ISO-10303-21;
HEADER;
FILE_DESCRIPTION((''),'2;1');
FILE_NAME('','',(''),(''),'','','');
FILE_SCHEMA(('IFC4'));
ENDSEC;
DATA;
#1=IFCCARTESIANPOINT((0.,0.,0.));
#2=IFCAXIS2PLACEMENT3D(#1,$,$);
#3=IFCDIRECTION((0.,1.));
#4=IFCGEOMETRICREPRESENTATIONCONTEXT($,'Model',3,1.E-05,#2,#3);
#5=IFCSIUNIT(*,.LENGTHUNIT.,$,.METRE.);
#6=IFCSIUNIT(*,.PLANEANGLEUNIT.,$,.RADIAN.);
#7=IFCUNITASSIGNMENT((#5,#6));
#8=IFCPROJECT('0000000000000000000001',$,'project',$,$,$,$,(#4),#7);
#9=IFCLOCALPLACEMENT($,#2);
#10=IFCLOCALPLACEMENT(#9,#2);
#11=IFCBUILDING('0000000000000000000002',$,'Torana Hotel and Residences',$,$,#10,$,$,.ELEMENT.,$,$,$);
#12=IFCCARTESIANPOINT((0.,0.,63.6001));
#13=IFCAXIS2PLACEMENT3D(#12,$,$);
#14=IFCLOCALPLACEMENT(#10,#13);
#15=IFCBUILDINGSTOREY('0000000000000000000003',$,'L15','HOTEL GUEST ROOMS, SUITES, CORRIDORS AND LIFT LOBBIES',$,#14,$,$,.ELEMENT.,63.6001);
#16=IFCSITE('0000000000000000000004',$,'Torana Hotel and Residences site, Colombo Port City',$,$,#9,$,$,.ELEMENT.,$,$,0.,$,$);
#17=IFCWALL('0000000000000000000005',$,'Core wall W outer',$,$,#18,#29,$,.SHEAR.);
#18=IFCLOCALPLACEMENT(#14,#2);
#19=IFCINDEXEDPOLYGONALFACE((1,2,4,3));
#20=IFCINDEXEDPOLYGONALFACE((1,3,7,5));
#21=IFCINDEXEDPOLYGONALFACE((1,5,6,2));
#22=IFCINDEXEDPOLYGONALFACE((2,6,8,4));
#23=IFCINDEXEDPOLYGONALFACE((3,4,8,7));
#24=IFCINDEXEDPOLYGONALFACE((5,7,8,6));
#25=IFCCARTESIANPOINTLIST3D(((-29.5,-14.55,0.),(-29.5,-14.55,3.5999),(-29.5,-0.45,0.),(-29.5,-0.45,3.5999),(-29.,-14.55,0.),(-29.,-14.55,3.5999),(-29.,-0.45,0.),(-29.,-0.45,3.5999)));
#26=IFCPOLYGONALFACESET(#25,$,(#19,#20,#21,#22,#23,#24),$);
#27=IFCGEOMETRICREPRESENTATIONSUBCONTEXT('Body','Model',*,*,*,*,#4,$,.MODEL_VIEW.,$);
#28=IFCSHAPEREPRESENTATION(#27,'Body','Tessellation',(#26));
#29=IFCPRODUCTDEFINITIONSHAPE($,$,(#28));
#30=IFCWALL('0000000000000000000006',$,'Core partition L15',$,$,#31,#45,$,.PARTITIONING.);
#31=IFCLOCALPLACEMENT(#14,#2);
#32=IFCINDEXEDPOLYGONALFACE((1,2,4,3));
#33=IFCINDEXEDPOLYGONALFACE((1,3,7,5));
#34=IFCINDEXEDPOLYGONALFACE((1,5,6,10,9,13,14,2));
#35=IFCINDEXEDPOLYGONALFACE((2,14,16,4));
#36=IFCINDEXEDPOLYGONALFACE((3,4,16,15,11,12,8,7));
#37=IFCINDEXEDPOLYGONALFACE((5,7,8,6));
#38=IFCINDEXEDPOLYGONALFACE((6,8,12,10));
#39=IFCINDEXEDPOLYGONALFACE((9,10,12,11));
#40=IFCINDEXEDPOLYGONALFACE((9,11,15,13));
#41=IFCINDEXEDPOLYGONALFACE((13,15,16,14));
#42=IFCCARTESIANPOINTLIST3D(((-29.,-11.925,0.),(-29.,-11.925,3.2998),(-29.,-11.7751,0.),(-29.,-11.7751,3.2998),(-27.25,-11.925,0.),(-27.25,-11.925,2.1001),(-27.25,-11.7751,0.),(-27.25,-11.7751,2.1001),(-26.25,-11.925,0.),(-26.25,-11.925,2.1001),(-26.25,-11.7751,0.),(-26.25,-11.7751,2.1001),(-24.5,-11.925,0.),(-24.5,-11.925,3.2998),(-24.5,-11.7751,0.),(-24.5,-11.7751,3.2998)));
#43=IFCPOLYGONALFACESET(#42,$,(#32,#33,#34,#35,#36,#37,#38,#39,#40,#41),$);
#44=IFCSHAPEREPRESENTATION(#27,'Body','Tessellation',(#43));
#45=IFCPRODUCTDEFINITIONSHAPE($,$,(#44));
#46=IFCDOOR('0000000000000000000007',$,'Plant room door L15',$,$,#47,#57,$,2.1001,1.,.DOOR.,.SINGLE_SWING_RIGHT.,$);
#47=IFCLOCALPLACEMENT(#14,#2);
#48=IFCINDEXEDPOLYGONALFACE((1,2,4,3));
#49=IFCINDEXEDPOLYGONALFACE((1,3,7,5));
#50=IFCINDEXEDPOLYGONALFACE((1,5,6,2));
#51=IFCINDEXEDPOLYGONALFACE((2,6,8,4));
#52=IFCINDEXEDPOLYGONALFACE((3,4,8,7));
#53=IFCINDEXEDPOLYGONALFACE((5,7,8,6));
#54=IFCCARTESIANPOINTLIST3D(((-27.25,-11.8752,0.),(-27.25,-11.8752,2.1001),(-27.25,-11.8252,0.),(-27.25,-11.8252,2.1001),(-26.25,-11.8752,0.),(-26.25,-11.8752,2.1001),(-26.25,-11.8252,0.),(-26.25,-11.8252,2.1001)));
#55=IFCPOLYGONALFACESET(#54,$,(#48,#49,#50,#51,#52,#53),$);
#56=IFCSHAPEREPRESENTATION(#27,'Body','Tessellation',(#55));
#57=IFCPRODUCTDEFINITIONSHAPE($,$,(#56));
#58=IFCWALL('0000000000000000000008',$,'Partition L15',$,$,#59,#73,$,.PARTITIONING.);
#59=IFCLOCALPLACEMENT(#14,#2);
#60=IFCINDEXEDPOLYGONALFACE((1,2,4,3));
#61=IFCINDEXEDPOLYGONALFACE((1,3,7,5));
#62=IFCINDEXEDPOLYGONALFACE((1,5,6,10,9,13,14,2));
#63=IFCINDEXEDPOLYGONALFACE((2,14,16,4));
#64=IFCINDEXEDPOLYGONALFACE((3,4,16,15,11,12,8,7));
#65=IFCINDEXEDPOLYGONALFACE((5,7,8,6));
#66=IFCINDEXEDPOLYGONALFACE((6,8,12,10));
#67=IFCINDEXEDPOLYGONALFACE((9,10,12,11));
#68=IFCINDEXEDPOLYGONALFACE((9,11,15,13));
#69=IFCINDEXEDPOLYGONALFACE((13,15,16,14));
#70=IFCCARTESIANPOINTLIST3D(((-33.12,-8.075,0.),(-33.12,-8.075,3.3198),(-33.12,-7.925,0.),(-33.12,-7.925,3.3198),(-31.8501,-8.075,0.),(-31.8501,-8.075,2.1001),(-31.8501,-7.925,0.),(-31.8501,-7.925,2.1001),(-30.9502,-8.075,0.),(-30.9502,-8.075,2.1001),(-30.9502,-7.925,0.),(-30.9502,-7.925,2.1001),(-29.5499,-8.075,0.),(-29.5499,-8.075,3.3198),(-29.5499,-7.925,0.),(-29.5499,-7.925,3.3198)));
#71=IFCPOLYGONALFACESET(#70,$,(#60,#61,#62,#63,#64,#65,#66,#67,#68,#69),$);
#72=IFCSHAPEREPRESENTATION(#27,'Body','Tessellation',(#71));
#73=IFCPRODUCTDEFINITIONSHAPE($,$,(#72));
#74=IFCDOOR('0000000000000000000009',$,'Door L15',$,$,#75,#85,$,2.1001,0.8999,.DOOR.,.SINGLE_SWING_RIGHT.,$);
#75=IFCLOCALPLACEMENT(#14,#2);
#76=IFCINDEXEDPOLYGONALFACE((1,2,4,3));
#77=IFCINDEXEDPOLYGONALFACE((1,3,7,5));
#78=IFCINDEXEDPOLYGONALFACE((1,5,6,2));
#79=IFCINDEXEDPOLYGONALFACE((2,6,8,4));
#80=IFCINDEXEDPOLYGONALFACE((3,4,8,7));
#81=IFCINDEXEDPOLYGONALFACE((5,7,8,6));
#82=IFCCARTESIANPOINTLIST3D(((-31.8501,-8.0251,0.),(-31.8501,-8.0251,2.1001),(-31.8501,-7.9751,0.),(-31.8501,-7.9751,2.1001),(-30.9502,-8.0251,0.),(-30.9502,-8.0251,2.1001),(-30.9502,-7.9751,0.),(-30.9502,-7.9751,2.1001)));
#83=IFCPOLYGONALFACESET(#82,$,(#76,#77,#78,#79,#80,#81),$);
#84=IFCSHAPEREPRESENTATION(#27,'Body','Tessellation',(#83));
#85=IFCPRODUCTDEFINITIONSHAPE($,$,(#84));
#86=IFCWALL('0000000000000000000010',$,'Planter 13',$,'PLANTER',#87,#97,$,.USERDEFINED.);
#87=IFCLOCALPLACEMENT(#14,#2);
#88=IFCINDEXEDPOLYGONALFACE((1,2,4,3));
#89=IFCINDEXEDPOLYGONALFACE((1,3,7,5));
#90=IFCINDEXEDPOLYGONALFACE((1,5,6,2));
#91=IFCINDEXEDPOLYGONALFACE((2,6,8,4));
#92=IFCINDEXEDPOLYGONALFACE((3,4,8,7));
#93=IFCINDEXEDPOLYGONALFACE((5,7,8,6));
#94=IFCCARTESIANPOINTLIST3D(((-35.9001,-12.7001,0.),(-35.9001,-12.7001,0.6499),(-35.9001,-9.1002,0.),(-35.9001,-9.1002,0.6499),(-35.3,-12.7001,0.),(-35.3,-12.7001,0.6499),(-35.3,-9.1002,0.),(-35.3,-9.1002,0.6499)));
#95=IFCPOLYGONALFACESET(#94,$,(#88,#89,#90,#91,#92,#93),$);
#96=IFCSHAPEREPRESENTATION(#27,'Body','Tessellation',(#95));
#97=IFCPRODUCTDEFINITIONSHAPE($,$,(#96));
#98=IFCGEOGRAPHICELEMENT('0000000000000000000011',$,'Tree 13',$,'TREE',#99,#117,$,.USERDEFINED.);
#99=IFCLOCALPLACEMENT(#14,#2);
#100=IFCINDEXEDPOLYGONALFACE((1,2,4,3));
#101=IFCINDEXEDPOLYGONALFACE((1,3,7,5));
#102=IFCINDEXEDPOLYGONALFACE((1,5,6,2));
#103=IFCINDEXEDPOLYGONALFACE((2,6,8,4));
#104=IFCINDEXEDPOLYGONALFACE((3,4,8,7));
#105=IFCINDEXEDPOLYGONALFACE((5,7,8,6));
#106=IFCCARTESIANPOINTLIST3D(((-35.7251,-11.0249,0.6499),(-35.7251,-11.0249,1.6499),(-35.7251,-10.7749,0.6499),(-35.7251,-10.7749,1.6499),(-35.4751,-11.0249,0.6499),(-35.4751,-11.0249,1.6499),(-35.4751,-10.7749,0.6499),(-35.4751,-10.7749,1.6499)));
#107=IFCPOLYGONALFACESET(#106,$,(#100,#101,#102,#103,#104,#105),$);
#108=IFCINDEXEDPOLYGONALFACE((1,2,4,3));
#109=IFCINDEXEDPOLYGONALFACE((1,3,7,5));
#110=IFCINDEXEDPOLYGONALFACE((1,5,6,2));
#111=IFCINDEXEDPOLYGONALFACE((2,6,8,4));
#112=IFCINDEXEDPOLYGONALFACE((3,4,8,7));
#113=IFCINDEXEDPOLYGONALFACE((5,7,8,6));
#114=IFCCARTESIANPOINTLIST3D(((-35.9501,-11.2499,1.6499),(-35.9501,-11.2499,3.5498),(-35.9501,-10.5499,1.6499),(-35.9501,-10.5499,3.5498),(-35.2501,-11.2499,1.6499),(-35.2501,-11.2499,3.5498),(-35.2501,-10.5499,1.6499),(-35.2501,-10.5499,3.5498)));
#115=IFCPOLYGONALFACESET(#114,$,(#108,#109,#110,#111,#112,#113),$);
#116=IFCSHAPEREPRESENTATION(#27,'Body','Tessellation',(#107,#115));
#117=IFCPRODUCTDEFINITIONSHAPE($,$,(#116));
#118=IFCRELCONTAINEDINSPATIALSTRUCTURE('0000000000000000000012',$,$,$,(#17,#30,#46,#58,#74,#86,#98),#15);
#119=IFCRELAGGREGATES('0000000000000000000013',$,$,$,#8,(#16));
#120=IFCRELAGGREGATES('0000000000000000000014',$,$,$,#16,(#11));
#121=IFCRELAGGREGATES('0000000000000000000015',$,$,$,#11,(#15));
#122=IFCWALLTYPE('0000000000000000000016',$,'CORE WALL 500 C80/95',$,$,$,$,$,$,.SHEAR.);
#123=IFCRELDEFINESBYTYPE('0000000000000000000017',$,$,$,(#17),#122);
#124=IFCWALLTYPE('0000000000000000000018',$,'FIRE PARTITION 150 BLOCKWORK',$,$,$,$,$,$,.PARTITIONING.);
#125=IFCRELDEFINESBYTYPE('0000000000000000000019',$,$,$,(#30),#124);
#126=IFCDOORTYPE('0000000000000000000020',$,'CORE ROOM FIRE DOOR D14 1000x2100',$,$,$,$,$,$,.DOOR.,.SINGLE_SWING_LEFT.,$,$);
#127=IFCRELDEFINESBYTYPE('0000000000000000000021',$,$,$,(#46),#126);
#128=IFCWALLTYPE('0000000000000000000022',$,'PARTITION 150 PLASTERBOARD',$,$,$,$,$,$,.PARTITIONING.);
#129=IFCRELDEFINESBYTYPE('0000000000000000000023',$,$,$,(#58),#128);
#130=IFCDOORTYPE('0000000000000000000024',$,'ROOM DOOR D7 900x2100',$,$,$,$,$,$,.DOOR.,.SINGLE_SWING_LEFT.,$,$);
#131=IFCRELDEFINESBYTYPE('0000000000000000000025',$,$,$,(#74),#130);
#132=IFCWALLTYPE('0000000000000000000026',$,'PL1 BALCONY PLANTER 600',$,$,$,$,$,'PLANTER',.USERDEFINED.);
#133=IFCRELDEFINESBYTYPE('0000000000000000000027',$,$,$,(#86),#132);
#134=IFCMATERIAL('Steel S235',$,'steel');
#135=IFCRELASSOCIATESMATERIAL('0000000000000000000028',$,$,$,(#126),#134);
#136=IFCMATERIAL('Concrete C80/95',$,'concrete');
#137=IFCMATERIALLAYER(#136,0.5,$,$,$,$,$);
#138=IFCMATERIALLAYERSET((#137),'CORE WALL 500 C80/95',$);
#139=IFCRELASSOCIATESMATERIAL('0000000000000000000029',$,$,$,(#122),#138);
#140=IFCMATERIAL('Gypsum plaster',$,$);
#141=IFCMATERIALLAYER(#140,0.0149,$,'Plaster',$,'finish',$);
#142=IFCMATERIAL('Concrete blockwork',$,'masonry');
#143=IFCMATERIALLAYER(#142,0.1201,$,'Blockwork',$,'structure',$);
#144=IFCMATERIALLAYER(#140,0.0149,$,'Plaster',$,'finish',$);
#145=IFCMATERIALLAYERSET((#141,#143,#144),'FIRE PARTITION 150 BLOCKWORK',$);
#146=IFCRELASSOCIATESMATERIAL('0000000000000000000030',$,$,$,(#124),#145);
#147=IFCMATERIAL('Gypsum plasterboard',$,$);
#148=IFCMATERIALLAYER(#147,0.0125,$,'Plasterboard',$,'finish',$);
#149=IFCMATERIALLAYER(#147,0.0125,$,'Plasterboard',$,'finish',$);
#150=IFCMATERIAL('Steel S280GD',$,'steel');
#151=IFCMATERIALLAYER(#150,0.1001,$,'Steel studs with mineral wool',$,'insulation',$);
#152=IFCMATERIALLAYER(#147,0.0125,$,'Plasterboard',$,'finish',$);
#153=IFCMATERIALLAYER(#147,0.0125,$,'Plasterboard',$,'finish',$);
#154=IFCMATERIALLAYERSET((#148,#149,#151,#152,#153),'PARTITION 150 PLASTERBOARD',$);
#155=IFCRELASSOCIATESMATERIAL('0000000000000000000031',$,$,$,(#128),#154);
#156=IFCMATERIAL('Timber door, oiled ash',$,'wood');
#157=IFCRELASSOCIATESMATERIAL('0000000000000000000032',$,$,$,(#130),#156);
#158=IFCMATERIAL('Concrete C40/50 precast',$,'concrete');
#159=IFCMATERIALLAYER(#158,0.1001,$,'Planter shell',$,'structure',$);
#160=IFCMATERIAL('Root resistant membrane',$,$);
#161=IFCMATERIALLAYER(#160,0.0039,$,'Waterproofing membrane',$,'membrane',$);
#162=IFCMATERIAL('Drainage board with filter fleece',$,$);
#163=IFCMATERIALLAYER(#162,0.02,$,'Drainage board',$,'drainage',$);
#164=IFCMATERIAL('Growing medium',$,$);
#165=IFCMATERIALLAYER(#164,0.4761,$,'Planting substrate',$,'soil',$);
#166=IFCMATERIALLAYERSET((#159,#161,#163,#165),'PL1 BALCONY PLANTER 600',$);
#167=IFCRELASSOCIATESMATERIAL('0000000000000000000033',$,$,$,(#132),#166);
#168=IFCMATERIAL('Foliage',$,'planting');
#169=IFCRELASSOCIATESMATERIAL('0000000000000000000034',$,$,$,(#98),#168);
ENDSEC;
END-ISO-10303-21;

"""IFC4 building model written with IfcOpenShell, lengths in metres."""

from ifc_helpers import new_model, si_unit, direction, frame, frame_2d, origin, origin_2d, place, context, subcontext, project, spatial, rectangle, extrude, material, layer, layer_set, type_object, element, fill, save


model = new_model("IFC4")

# Units and contexts
model_context = context("Model", 3, precision=1e-05, world=origin(), true_north=direction((0.0, 1.0)))
body_context = subcontext(model_context, "Body", "Model", "MODEL_VIEW")
ifc_project = project(units=[si_unit("LENGTHUNIT", "METRE"), si_unit("PLANEANGLEUNIT", "RADIAN")], contexts=[model_context])

# Site, building, storey
site_placement = place(None, origin())
site = spatial("IfcSite", under=ifc_project, at=site_placement, Name="Torana Hotel and Residences site, Colombo Port City", CompositionType="ELEMENT", RefElevation=0.0)
building_placement = place(site_placement, origin())
building = spatial("IfcBuilding", under=site, at=building_placement, Name="Torana Hotel and Residences", CompositionType="ELEMENT")
storey_placement = place(building_placement, frame((0.0, 0.0, 63.6001)))
storey = spatial("IfcBuildingStorey", under=building, at=storey_placement, Name="L15", Description="HOTEL GUEST ROOMS, SUITES, CORRIDORS AND LIFT LOBBIES", CompositionType="ELEMENT", Elevation=63.6001)

# Shared definitions
ifc_material_1 = material(Name="Steel S235", Category="steel")
door_type_1 = type_object("IfcDoorType", Name="CORE ROOM FIRE DOOR D14 1000x2100", OperationType="SINGLE_SWING_LEFT", PredefinedType="DOOR", material=ifc_material_1)

# Wall
ifc_material_2 = material(Name="Concrete C80/95", Category="concrete")
ifc_layer_1 = layer(ifc_material_2, 0.5)
ifc_layer_set_1 = layer_set([ifc_layer_1], Name="CORE WALL 500 C80/95")
wall_type_1 = type_object("IfcWallType", Name="CORE WALL 500 C80/95", PredefinedType="SHEAR", material=ifc_layer_set_1)
wall_1_placement = place(storey_placement, frame((-29.25, -14.55, 0.0), z_axis=(0.0, 0.0, 1.0), x_axis=(0.0, 1.0, 0.0)))
element("IfcWall", 1, at=wall_1_placement, inside=storey, type_object=wall_type_1, Name="Core wall W outer", PredefinedType="SHEAR", context=body_context, shape_type="SweptSolid", body=[
    extrude(rectangle(XDim=14.1001, YDim=0.5, at=frame_2d((7.05, 0.0))), origin(), (0.0, 0.0, 1.0), 3.5999),
])

# Walls, openings, doors
ifc_material_3 = material(Name="Gypsum plaster")
ifc_layer_2 = layer(ifc_material_3, 0.0149, Name="Plaster", Category="finish")
ifc_material_4 = material(Name="Concrete blockwork", Category="masonry")
ifc_layer_3 = layer(ifc_material_4, 0.1201, Name="Blockwork", Category="structure")
ifc_layer_4 = layer(ifc_material_3, 0.0149, Name="Plaster", Category="finish")
ifc_layer_set_2 = layer_set([ifc_layer_2, ifc_layer_3, ifc_layer_4], Name="FIRE PARTITION 150 BLOCKWORK")
wall_type_2 = type_object("IfcWallType", Name="FIRE PARTITION 150 BLOCKWORK", PredefinedType="PARTITIONING", material=ifc_layer_set_2)
wall_2_placement = place(storey_placement, frame((-29.0, -11.8501, 0.0), z_axis=(0.0, 0.0, 1.0), x_axis=(1.0, 0.0, 0.0)))
wall_2 = element("IfcWall", 2, at=wall_2_placement, inside=storey, type_object=wall_type_2, Name="Core partition L15", PredefinedType="PARTITIONING", context=body_context, shape_type="SweptSolid", body=[
    extrude(rectangle(XDim=4.5, YDim=0.1499, at=frame_2d((2.25, 0.0))), origin(), (0.0, 0.0, 1.0), 3.2998),
])
opening_1_placement = place(wall_2_placement, frame((1.75, 0.0, 0.0)))
opening_1 = element("IfcOpeningElement", 3, at=opening_1_placement, cuts=wall_2, PredefinedType="OPENING", context=body_context, shape_type="SweptSolid", body=[
    extrude(rectangle(XDim=1.0, YDim=2.1001, at=frame_2d((0.5, 1.05))), frame((0.0, 0.085, 0.0), z_axis=(0.0, -1.0, 0.0), x_axis=(1.0, 0.0, 0.0)), (0.0, 0.0, 1.0), 0.1699),
])
door_1_placement = place(opening_1_placement, origin())
door_1 = element("IfcDoor", 4, at=door_1_placement, inside=storey, type_object=door_type_1, Name="Plant room door L15", OperationType="SINGLE_SWING_RIGHT", OverallHeight=2.1001, OverallWidth=1.0, PredefinedType="DOOR", context=body_context, shape_type="SweptSolid", body=[
    extrude(rectangle(XDim=1.0, YDim=2.1001, at=frame_2d((0.5, 1.05))), frame((0.0, 0.0249, 0.0), z_axis=(0.0, -1.0, 0.0), x_axis=(1.0, 0.0, 0.0)), (0.0, 0.0, 1.0), 0.05),
])
fill(opening_1, door_1)
ifc_material_5 = material(Name="Gypsum plasterboard")
ifc_layer_5 = layer(ifc_material_5, 0.0125, Name="Plasterboard", Category="finish")
ifc_layer_6 = layer(ifc_material_5, 0.0125, Name="Plasterboard", Category="finish")
ifc_material_6 = material(Name="Steel S280GD", Category="steel")
ifc_layer_7 = layer(ifc_material_6, 0.1001, Name="Steel studs with mineral wool", Category="insulation")
ifc_layer_8 = layer(ifc_material_5, 0.0125, Name="Plasterboard", Category="finish")
ifc_layer_9 = layer(ifc_material_5, 0.0125, Name="Plasterboard", Category="finish")
ifc_layer_set_3 = layer_set([ifc_layer_5, ifc_layer_6, ifc_layer_7, ifc_layer_8, ifc_layer_9], Name="PARTITION 150 PLASTERBOARD")
wall_type_3 = type_object("IfcWallType", Name="PARTITION 150 PLASTERBOARD", PredefinedType="PARTITIONING", material=ifc_layer_set_3)
wall_3_placement = place(storey_placement, frame((-33.1201, -8.0, 0.0), z_axis=(0.0, 0.0, 1.0), x_axis=(1.0, 0.0, 0.0)))
wall_3 = element("IfcWall", 5, at=wall_3_placement, inside=storey, type_object=wall_type_3, Name="Partition L15", PredefinedType="PARTITIONING", context=body_context, shape_type="SweptSolid", body=[
    extrude(rectangle(XDim=3.5701, YDim=0.1499, at=frame_2d((1.7852, 0.0))), origin(), (0.0, 0.0, 1.0), 3.3198),
])
opening_2_placement = place(wall_3_placement, frame((1.27, 0.0, 0.0)))
opening_2 = element("IfcOpeningElement", 6, at=opening_2_placement, cuts=wall_3, PredefinedType="OPENING", context=body_context, shape_type="SweptSolid", body=[
    extrude(rectangle(XDim=0.8999, YDim=2.1001, at=frame_2d((0.45, 1.05))), frame((0.0, 0.085, 0.0), z_axis=(0.0, -1.0, 0.0), x_axis=(1.0, 0.0, 0.0)), (0.0, 0.0, 1.0), 0.1699),
])
ifc_material_7 = material(Name="Timber door, oiled ash", Category="wood")
door_type_2 = type_object("IfcDoorType", Name="ROOM DOOR D7 900x2100", OperationType="SINGLE_SWING_LEFT", PredefinedType="DOOR", material=ifc_material_7)
door_2_placement = place(opening_2_placement, origin())
door_2 = element("IfcDoor", 7, at=door_2_placement, inside=storey, type_object=door_type_2, Name="Door L15", OperationType="SINGLE_SWING_RIGHT", OverallHeight=2.1001, OverallWidth=0.8999, PredefinedType="DOOR", context=body_context, shape_type="SweptSolid", body=[
    extrude(rectangle(XDim=0.8999, YDim=2.1001, at=frame_2d((0.45, 1.05))), frame((0.0, 0.0249, 0.0), z_axis=(0.0, -1.0, 0.0), x_axis=(1.0, 0.0, 0.0)), (0.0, 0.0, 1.0), 0.05),
])
fill(opening_2, door_2)

# Wall
ifc_material_8 = material(Name="Concrete C40/50 precast", Category="concrete")
ifc_layer_10 = layer(ifc_material_8, 0.1001, Name="Planter shell", Category="structure")
ifc_material_9 = material(Name="Root resistant membrane")
ifc_layer_11 = layer(ifc_material_9, 0.0039, Name="Waterproofing membrane", Category="membrane")
ifc_material_10 = material(Name="Drainage board with filter fleece")
ifc_layer_12 = layer(ifc_material_10, 0.02, Name="Drainage board", Category="drainage")
ifc_material_11 = material(Name="Growing medium")
ifc_layer_13 = layer(ifc_material_11, 0.4761, Name="Planting substrate", Category="soil")
ifc_layer_set_4 = layer_set([ifc_layer_10, ifc_layer_11, ifc_layer_12, ifc_layer_13], Name="PL1 BALCONY PLANTER 600")
wall_type_4 = type_object("IfcWallType", Name="PL1 BALCONY PLANTER 600", ElementType="PLANTER", PredefinedType="USERDEFINED", material=ifc_layer_set_4)
wall_4_placement = place(storey_placement, frame((-35.6001, -12.7, 0.0), z_axis=(0.0, 0.0, 1.0), x_axis=(0.0, 1.0, 0.0)))
element("IfcWall", 8, at=wall_4_placement, inside=storey, type_object=wall_type_4, Name="Planter 13", ObjectType="PLANTER", PredefinedType="USERDEFINED", context=body_context, shape_type="SweptSolid", body=[
    extrude(rectangle(XDim=3.5999, YDim=0.6001, at=frame_2d((1.7998, 0.0))), origin(), (0.0, 0.0, 1.0), 0.6499),
])

# Geographic element
ifc_material_12 = material(Name="Foliage", Category="planting")
geographic_element_placement = place(storey_placement, frame((-35.6001, -10.8999, 0.6499), z_axis=(0.0, 0.0, 1.0), x_axis=(1.0, 0.0, 0.0)))
element("IfcGeographicElement", 9, at=geographic_element_placement, inside=storey, material=ifc_material_12, Name="Tree 13", ObjectType="TREE", PredefinedType="USERDEFINED", context=body_context, shape_type="SweptSolid", body=[
    extrude(rectangle(XDim=0.25, YDim=0.25, at=origin_2d()), origin(), (0.0, 0.0, 1.0), 1.0),
    extrude(rectangle(XDim=0.7, YDim=0.7, at=origin_2d()), frame((0.0, 0.0, 1.0)), (0.0, 0.0, 1.0), 1.8999),
])

save(model, "model.ifc")
